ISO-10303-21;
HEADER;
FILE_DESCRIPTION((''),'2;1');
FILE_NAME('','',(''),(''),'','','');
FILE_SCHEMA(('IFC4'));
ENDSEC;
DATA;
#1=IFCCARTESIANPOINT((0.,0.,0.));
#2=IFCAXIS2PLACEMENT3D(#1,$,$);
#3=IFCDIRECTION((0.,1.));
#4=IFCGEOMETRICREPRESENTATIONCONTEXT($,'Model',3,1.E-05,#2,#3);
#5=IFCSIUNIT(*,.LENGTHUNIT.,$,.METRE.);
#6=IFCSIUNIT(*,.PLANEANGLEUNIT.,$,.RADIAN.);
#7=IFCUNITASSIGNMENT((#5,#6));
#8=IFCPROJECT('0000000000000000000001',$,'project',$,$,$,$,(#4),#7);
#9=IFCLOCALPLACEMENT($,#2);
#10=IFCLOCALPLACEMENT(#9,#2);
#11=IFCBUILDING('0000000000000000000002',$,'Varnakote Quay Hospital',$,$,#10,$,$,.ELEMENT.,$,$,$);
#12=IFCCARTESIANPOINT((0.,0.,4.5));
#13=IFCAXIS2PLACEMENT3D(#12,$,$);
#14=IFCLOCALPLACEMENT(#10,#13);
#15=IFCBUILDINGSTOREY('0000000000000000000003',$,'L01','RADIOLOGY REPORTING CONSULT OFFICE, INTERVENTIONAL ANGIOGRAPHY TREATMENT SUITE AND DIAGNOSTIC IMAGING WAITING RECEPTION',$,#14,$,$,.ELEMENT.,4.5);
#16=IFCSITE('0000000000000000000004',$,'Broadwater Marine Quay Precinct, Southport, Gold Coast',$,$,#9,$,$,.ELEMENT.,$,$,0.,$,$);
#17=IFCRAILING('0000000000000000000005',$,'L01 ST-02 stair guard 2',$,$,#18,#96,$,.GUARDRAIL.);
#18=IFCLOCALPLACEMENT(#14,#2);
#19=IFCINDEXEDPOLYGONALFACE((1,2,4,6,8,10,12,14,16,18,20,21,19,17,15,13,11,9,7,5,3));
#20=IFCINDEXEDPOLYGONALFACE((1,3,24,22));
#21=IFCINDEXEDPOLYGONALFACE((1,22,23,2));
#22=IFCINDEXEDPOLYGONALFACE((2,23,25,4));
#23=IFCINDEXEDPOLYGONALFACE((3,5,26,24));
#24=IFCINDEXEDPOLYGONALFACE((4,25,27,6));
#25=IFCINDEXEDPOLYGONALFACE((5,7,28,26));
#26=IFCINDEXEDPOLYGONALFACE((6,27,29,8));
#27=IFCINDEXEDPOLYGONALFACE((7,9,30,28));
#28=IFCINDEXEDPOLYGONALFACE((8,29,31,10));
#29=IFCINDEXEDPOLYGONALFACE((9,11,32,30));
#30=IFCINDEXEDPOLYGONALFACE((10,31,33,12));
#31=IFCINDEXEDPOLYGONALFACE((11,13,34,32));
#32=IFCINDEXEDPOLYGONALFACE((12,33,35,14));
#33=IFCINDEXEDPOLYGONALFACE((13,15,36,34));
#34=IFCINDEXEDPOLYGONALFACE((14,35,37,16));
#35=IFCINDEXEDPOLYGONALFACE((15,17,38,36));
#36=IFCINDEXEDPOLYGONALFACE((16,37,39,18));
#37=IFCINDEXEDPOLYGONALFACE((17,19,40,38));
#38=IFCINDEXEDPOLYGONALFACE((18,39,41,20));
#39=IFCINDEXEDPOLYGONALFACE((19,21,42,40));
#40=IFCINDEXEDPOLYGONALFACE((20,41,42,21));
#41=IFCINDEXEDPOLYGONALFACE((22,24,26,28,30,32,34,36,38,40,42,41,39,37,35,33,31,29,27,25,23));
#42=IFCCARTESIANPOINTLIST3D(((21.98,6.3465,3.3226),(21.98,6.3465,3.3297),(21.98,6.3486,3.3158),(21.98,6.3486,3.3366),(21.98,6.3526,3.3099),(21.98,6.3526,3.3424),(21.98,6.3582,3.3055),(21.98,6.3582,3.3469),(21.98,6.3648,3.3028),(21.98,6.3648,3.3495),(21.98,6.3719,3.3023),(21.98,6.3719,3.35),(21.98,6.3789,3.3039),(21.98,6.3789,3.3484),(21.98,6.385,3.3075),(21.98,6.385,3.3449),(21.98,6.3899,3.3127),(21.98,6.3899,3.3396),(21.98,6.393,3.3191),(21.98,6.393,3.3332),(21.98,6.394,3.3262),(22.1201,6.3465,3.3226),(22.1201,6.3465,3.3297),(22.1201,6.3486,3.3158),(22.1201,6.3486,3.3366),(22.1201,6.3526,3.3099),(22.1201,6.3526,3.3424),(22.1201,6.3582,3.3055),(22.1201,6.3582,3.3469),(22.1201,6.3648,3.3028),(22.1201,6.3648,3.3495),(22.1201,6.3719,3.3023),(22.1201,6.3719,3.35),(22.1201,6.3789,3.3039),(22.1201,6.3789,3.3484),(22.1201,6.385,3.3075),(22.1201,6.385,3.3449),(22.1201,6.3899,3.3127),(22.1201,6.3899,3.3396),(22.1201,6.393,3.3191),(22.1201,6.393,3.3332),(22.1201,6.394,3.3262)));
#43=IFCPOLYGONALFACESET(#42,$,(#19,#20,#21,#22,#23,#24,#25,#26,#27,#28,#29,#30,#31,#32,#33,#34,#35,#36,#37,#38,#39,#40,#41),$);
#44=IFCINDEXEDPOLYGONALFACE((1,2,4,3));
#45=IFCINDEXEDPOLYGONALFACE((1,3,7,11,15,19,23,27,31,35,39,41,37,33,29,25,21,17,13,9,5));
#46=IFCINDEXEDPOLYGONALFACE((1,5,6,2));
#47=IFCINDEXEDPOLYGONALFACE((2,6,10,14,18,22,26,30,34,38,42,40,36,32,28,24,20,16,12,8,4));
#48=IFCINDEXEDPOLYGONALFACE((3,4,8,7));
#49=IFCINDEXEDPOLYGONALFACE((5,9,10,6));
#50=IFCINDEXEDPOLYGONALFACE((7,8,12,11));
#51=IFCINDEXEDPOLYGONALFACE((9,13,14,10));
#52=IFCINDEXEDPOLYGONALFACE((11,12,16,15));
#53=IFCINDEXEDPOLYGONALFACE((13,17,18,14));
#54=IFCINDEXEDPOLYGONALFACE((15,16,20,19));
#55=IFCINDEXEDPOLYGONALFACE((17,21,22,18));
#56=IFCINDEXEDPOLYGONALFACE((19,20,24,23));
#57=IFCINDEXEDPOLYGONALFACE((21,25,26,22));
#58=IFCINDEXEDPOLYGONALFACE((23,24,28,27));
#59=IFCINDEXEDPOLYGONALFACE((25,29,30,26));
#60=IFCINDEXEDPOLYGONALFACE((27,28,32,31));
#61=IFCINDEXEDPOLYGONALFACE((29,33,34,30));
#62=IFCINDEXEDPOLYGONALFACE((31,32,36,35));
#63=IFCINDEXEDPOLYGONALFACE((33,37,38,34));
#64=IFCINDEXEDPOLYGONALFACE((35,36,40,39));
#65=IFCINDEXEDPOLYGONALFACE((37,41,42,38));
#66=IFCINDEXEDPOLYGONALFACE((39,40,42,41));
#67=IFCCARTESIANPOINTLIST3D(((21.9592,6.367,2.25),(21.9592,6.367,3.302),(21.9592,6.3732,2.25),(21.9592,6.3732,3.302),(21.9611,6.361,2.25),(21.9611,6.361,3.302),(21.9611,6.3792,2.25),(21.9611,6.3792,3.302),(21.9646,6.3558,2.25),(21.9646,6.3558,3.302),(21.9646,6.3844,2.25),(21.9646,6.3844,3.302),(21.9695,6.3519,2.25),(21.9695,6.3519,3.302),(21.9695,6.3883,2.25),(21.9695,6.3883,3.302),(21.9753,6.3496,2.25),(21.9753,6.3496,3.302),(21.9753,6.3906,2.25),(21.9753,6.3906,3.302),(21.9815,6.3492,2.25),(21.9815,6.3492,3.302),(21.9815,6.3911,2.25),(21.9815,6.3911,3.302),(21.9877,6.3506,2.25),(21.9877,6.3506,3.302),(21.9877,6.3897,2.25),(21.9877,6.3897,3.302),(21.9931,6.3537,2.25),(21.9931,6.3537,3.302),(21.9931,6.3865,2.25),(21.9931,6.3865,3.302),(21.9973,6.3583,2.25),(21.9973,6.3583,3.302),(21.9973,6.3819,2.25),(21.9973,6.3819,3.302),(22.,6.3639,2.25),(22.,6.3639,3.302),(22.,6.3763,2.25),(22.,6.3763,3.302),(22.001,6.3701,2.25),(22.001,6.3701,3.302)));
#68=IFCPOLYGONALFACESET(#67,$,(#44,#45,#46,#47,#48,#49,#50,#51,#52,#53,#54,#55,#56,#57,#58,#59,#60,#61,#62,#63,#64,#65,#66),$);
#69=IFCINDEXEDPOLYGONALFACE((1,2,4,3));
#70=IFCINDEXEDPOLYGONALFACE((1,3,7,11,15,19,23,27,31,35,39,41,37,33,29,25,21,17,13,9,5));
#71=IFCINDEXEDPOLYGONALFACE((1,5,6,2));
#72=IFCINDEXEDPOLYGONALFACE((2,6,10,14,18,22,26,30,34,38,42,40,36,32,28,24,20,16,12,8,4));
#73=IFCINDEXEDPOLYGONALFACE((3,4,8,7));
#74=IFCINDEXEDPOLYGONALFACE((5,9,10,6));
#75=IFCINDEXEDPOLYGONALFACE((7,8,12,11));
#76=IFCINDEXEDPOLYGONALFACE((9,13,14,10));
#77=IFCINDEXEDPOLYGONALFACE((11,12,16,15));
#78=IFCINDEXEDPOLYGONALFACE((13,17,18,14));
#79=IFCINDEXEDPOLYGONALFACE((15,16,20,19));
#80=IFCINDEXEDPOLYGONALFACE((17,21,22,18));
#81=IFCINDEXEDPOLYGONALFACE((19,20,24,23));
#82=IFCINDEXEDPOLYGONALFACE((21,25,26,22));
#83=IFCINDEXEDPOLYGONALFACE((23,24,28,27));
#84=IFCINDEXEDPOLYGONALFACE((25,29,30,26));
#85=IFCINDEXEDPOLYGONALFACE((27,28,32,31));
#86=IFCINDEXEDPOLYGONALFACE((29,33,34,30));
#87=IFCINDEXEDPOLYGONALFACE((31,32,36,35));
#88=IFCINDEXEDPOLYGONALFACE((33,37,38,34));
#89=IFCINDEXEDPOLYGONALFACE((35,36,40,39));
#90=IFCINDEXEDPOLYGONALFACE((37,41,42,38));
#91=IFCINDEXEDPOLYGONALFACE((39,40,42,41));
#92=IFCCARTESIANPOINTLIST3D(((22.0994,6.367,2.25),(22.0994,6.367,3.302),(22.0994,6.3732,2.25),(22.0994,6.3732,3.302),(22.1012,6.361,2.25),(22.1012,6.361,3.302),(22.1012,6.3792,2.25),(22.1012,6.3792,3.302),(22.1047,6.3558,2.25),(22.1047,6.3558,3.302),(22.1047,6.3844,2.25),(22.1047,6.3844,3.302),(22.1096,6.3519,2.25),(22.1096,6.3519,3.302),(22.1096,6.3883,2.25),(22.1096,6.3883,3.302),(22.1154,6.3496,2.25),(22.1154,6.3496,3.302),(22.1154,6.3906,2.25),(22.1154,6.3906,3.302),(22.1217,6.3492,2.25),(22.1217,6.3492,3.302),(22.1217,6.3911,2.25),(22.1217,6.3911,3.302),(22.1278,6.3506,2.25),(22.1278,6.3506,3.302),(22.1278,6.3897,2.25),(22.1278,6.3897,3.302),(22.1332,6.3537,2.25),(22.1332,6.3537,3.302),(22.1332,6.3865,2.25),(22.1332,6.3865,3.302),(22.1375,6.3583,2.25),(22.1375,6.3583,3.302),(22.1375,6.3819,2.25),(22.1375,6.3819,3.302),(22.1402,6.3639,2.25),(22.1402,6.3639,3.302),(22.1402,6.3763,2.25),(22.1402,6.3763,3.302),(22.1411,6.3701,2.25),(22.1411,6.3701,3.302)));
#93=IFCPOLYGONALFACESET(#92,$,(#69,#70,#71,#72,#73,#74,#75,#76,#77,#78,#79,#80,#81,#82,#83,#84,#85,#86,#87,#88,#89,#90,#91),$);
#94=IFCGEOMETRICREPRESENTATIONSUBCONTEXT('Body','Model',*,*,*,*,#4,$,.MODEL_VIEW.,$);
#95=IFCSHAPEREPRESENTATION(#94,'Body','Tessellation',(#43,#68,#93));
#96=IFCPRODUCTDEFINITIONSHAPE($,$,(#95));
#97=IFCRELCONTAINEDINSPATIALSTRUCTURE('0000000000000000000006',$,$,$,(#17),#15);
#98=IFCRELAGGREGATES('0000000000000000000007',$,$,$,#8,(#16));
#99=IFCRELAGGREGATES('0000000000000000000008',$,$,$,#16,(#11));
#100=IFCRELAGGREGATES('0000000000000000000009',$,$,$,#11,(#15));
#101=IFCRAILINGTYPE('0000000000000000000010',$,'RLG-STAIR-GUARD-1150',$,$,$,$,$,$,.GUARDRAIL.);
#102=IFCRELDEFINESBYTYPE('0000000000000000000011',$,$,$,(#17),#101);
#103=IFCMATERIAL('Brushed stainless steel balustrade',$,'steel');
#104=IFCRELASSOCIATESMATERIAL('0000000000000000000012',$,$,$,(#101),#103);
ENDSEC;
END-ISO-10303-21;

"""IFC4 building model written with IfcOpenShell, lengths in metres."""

from ifc_helpers import new_model, si_unit, direction, frame, origin, origin_2d, place, context, subcontext, project, spatial, circle, extrude, material, type_object, element, save


model = new_model("IFC4")

# Units and contexts
model_context = context("Model", 3, precision=1e-05, world=origin(), true_north=direction((0.0, 1.0)))
body_context = subcontext(model_context, "Body", "Model", "MODEL_VIEW")
ifc_project = project(units=[si_unit("LENGTHUNIT", "METRE"), si_unit("PLANEANGLEUNIT", "RADIAN")], contexts=[model_context])

# Site, building, storey
site_placement = place(None, origin())
site = spatial("IfcSite", under=ifc_project, at=site_placement, Name="Broadwater Marine Quay Precinct, Southport, Gold Coast", CompositionType="ELEMENT", RefElevation=0.0)
building_placement = place(site_placement, origin())
building = spatial("IfcBuilding", under=site, at=building_placement, Name="Varnakote Quay Hospital", CompositionType="ELEMENT")
storey_placement = place(building_placement, frame((0.0, 0.0, 4.5)))
storey = spatial("IfcBuildingStorey", under=building, at=storey_placement, Name="L01", Description="RADIOLOGY REPORTING CONSULT OFFICE, INTERVENTIONAL ANGIOGRAPHY TREATMENT SUITE AND DIAGNOSTIC IMAGING WAITING RECEPTION", CompositionType="ELEMENT", Elevation=4.5)

# Railing
ifc_material_1 = material(Name="Brushed stainless steel balustrade", Category="steel")
railing_type_1 = type_object("IfcRailingType", Name="RLG-STAIR-GUARD-1150", PredefinedType="GUARDRAIL", material=ifc_material_1)
railing_1_placement = place(storey_placement, frame((21.98, 6.3701, 2.25)))
element("IfcRailing", 1, at=railing_1_placement, inside=storey, type_object=railing_type_1, Name="L01 ST-02 stair guard 2", PredefinedType="GUARDRAIL", context=body_context, shape_type="SweptSolid", body=[
    extrude(circle(Radius=0.0239, at=origin_2d()), frame((0.0, 0.0, 1.0762), z_axis=(1.0, 0.0, 0.0), x_axis=(0.0, 1.0, 0.0)), (0.0, 0.0, 1.0), 0.1401),
    extrude(circle(Radius=0.021, at=origin_2d()), origin(), (0.0, 0.0, 1.0), 1.052),
    extrude(circle(Radius=0.021, at=origin_2d()), frame((0.1401, 0.0, 0.0)), (0.0, 0.0, 1.0), 1.052),
])

save(model, "model.ifc")
